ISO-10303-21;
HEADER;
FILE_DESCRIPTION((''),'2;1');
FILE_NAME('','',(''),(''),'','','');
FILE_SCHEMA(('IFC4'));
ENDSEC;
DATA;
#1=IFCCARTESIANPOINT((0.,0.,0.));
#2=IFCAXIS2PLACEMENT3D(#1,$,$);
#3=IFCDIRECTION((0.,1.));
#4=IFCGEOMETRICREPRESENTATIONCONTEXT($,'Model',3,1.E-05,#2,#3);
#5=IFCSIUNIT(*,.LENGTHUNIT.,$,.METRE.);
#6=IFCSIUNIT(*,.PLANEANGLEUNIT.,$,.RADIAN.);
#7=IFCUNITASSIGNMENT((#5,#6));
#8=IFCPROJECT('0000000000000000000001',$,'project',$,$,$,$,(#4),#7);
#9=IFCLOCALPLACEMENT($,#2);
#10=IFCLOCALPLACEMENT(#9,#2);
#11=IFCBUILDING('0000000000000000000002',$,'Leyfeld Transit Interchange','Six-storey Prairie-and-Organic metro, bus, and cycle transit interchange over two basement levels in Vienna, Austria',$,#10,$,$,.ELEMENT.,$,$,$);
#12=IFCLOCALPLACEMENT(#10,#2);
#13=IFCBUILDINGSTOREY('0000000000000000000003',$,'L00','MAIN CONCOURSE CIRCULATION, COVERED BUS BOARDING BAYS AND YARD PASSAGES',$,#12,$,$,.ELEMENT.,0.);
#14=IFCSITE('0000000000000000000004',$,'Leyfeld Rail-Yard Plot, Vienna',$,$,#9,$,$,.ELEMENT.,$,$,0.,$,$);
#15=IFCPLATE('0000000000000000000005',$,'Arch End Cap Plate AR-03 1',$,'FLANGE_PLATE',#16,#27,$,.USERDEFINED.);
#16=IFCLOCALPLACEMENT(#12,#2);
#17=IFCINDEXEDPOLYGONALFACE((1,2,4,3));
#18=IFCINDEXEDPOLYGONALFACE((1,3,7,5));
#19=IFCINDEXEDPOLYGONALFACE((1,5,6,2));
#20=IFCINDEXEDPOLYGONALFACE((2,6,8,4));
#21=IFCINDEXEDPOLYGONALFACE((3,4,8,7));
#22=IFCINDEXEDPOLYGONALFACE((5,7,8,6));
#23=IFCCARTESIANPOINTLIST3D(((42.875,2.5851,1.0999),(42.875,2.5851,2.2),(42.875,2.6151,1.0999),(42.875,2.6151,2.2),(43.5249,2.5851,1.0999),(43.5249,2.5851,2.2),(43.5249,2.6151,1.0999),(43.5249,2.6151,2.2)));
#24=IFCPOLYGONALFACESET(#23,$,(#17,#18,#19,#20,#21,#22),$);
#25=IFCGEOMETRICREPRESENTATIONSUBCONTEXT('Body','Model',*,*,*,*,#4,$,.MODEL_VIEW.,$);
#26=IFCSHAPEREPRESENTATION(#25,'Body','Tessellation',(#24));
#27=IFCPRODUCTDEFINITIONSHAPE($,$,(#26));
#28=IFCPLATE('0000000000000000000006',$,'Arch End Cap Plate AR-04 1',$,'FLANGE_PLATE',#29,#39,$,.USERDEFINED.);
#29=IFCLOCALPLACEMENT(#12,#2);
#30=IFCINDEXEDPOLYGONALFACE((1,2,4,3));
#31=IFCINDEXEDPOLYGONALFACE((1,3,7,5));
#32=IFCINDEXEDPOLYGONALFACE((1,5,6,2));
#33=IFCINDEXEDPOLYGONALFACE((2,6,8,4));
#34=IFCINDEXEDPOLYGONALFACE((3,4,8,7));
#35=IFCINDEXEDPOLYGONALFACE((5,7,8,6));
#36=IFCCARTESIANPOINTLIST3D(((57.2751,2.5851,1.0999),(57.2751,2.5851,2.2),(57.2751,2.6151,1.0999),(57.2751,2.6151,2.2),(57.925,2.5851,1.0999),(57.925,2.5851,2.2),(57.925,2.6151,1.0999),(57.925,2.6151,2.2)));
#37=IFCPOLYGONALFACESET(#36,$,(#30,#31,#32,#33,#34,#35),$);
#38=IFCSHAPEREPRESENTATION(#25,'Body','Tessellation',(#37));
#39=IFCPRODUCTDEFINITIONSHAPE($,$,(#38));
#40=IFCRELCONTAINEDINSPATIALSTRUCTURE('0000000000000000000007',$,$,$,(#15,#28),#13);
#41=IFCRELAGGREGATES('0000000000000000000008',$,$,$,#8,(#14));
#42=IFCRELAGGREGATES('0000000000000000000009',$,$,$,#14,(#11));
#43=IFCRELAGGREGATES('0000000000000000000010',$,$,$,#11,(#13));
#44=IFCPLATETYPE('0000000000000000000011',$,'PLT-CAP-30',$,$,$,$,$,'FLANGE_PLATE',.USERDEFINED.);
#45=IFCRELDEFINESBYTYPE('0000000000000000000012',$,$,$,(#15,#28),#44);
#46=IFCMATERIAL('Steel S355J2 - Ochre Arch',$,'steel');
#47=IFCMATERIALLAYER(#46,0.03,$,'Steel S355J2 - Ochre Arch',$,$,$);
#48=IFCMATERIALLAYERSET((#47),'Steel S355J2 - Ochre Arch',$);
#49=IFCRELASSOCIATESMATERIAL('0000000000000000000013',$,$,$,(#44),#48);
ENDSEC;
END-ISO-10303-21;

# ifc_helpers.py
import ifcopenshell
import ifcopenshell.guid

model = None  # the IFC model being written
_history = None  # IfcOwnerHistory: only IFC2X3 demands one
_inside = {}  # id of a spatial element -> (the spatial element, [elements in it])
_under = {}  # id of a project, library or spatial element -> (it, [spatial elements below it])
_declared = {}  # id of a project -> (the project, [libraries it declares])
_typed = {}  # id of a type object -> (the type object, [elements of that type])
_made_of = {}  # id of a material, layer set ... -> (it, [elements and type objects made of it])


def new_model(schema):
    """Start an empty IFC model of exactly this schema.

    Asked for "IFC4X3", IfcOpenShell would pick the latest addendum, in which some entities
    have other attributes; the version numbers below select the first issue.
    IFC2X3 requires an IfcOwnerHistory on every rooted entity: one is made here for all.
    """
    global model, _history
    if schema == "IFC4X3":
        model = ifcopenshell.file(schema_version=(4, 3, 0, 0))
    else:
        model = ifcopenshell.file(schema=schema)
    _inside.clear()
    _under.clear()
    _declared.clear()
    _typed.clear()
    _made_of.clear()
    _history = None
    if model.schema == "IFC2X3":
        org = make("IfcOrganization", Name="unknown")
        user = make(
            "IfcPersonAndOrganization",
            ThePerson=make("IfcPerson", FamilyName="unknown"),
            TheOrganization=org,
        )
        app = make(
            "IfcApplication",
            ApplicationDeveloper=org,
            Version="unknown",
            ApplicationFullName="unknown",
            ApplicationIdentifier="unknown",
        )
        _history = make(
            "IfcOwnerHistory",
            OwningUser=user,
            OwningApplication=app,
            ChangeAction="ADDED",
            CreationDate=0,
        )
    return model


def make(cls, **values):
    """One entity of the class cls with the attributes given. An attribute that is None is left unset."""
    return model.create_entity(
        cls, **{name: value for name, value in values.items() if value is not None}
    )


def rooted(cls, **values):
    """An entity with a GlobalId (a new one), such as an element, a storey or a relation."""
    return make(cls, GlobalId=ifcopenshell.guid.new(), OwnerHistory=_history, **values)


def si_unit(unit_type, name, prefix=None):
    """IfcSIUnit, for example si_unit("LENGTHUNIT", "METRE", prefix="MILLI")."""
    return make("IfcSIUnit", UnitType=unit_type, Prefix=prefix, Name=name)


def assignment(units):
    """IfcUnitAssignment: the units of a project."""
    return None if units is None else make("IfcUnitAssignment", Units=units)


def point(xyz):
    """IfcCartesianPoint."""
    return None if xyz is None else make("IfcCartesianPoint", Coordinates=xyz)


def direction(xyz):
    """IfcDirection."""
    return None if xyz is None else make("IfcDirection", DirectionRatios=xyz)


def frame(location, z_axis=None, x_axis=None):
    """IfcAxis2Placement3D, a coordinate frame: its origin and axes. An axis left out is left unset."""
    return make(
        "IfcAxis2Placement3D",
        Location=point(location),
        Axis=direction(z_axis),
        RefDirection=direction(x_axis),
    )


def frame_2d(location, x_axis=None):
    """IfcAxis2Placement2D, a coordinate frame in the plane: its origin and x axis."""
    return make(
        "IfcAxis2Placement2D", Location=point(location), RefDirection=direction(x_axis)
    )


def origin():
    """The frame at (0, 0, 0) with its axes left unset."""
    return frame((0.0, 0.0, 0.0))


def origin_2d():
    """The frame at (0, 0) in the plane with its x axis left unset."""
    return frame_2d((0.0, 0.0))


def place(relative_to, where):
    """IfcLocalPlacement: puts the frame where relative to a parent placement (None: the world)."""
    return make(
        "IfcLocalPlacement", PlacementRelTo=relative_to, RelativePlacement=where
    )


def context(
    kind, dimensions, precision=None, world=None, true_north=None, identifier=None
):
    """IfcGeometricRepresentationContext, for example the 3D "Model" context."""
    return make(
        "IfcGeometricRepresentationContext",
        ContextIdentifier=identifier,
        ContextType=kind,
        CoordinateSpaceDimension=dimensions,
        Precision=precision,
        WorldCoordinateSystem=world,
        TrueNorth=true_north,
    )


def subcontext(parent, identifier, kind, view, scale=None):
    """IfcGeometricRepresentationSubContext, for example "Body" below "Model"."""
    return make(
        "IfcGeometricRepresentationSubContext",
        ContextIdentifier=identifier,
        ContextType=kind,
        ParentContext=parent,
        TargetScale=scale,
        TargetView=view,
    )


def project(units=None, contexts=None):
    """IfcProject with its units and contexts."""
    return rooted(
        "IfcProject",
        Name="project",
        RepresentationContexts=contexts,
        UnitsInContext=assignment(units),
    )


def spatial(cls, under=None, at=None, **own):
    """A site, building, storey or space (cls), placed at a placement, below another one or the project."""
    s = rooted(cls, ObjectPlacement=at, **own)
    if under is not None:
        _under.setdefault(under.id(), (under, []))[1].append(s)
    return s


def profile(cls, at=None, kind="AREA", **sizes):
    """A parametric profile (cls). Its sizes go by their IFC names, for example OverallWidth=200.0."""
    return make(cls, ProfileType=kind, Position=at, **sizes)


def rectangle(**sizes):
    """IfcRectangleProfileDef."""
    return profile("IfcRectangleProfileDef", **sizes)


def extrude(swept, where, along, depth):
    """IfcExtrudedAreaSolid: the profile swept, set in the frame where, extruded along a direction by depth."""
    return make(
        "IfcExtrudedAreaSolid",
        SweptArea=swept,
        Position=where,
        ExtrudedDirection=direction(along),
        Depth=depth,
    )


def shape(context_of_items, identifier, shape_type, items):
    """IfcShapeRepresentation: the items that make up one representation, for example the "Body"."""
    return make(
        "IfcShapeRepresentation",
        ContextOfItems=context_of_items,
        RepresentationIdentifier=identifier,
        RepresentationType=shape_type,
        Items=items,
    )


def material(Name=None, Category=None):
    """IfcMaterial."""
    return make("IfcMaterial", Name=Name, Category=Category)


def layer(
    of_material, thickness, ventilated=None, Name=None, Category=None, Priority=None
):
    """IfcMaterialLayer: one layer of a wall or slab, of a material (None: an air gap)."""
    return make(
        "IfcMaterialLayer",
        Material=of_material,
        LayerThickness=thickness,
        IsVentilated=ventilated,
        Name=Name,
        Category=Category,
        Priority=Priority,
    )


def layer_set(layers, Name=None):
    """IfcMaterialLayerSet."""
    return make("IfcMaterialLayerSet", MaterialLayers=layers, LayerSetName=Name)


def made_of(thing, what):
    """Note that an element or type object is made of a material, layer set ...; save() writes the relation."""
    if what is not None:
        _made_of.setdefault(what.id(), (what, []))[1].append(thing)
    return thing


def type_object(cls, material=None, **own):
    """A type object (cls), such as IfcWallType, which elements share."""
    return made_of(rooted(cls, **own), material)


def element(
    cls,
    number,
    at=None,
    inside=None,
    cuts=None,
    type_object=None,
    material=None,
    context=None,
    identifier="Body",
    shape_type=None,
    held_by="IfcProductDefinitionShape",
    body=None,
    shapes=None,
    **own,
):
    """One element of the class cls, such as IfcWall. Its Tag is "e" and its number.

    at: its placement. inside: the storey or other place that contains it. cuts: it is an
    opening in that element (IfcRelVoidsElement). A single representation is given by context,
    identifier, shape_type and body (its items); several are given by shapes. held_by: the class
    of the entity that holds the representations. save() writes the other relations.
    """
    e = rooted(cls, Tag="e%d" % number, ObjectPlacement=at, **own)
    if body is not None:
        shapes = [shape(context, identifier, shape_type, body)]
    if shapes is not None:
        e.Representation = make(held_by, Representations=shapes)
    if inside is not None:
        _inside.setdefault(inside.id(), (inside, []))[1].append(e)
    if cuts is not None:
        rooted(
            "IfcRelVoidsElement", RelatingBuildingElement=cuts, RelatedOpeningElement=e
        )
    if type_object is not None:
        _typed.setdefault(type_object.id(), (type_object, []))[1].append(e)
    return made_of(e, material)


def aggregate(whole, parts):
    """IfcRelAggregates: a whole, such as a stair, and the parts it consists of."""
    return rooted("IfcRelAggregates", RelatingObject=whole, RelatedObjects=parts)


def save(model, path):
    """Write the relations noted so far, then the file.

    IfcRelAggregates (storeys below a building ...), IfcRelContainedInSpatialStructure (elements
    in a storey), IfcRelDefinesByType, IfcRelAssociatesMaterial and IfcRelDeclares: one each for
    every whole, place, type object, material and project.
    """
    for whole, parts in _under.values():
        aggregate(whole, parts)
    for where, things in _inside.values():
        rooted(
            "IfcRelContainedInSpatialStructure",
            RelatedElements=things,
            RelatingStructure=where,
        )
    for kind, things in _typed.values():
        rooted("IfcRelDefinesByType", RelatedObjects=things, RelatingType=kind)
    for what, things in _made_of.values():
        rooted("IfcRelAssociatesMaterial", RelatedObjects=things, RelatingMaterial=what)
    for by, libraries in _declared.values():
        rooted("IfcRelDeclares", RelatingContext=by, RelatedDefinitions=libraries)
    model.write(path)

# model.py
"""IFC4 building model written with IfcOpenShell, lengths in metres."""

from ifc_helpers import new_model, si_unit, direction, frame, origin, origin_2d, place, context, subcontext, project, spatial, rectangle, extrude, material, layer, layer_set, type_object, element, save


model = new_model("IFC4")

# Units and contexts
model_context = context("Model", 3, precision=1e-05, world=origin(), true_north=direction((0.0, 1.0)))
body_context = subcontext(model_context, "Body", "Model", "MODEL_VIEW")
ifc_project = project(units=[si_unit("LENGTHUNIT", "METRE"), si_unit("PLANEANGLEUNIT", "RADIAN")], contexts=[model_context])

# Site, building, storey
site_placement = place(None, origin())
site = spatial("IfcSite", under=ifc_project, at=site_placement, Name="Leyfeld Rail-Yard Plot, Vienna", CompositionType="ELEMENT", RefElevation=0.0)
building_placement = place(site_placement, origin())
building = spatial("IfcBuilding", under=site, at=building_placement, Name="Leyfeld Transit Interchange", Description="Six-storey Prairie-and-Organic metro, bus, and cycle transit interchange over two basement levels in Vienna, Austria", CompositionType="ELEMENT")
storey_placement = place(building_placement, origin())
storey = spatial("IfcBuildingStorey", under=building, at=storey_placement, Name="L00", Description="MAIN CONCOURSE CIRCULATION, COVERED BUS BOARDING BAYS AND YARD PASSAGES", CompositionType="ELEMENT", Elevation=0.0)

# Plates
ifc_material_1 = material(Name="Steel S355J2 - Ochre Arch", Category="steel")
ifc_layer_1 = layer(ifc_material_1, 0.03, Name="Steel S355J2 - Ochre Arch")
ifc_layer_set_1 = layer_set([ifc_layer_1], Name="Steel S355J2 - Ochre Arch")
plate_type_1 = type_object("IfcPlateType", Name="PLT-CAP-30", ElementType="FLANGE_PLATE", PredefinedType="USERDEFINED", material=ifc_layer_set_1)
for number, where, z_axis, x_axis, name in (
    (1, (43.2, 2.6001, 1.0999), (0.0, 0.0, 1.0), (1.0, 0.0, 0.0), "Arch End Cap Plate AR-03 1"),
    (2, (57.6001, 2.6001, 1.0999), (0.0, 0.0, 1.0), (1.0, 0.0, 0.0), "Arch End Cap Plate AR-04 1"),
):
    element("IfcPlate", number, at=place(storey_placement, frame(where, z_axis=z_axis, x_axis=x_axis)), inside=storey, type_object=plate_type_1, Name=name, ObjectType="FLANGE_PLATE", PredefinedType="USERDEFINED", context=body_context, shape_type="SweptSolid", body=[
        extrude(rectangle(XDim=0.6499, YDim=0.03, at=origin_2d()), origin(), (0.0, 0.0, 1.0), 1.1001),
    ])

save(model, "model.ifc")
